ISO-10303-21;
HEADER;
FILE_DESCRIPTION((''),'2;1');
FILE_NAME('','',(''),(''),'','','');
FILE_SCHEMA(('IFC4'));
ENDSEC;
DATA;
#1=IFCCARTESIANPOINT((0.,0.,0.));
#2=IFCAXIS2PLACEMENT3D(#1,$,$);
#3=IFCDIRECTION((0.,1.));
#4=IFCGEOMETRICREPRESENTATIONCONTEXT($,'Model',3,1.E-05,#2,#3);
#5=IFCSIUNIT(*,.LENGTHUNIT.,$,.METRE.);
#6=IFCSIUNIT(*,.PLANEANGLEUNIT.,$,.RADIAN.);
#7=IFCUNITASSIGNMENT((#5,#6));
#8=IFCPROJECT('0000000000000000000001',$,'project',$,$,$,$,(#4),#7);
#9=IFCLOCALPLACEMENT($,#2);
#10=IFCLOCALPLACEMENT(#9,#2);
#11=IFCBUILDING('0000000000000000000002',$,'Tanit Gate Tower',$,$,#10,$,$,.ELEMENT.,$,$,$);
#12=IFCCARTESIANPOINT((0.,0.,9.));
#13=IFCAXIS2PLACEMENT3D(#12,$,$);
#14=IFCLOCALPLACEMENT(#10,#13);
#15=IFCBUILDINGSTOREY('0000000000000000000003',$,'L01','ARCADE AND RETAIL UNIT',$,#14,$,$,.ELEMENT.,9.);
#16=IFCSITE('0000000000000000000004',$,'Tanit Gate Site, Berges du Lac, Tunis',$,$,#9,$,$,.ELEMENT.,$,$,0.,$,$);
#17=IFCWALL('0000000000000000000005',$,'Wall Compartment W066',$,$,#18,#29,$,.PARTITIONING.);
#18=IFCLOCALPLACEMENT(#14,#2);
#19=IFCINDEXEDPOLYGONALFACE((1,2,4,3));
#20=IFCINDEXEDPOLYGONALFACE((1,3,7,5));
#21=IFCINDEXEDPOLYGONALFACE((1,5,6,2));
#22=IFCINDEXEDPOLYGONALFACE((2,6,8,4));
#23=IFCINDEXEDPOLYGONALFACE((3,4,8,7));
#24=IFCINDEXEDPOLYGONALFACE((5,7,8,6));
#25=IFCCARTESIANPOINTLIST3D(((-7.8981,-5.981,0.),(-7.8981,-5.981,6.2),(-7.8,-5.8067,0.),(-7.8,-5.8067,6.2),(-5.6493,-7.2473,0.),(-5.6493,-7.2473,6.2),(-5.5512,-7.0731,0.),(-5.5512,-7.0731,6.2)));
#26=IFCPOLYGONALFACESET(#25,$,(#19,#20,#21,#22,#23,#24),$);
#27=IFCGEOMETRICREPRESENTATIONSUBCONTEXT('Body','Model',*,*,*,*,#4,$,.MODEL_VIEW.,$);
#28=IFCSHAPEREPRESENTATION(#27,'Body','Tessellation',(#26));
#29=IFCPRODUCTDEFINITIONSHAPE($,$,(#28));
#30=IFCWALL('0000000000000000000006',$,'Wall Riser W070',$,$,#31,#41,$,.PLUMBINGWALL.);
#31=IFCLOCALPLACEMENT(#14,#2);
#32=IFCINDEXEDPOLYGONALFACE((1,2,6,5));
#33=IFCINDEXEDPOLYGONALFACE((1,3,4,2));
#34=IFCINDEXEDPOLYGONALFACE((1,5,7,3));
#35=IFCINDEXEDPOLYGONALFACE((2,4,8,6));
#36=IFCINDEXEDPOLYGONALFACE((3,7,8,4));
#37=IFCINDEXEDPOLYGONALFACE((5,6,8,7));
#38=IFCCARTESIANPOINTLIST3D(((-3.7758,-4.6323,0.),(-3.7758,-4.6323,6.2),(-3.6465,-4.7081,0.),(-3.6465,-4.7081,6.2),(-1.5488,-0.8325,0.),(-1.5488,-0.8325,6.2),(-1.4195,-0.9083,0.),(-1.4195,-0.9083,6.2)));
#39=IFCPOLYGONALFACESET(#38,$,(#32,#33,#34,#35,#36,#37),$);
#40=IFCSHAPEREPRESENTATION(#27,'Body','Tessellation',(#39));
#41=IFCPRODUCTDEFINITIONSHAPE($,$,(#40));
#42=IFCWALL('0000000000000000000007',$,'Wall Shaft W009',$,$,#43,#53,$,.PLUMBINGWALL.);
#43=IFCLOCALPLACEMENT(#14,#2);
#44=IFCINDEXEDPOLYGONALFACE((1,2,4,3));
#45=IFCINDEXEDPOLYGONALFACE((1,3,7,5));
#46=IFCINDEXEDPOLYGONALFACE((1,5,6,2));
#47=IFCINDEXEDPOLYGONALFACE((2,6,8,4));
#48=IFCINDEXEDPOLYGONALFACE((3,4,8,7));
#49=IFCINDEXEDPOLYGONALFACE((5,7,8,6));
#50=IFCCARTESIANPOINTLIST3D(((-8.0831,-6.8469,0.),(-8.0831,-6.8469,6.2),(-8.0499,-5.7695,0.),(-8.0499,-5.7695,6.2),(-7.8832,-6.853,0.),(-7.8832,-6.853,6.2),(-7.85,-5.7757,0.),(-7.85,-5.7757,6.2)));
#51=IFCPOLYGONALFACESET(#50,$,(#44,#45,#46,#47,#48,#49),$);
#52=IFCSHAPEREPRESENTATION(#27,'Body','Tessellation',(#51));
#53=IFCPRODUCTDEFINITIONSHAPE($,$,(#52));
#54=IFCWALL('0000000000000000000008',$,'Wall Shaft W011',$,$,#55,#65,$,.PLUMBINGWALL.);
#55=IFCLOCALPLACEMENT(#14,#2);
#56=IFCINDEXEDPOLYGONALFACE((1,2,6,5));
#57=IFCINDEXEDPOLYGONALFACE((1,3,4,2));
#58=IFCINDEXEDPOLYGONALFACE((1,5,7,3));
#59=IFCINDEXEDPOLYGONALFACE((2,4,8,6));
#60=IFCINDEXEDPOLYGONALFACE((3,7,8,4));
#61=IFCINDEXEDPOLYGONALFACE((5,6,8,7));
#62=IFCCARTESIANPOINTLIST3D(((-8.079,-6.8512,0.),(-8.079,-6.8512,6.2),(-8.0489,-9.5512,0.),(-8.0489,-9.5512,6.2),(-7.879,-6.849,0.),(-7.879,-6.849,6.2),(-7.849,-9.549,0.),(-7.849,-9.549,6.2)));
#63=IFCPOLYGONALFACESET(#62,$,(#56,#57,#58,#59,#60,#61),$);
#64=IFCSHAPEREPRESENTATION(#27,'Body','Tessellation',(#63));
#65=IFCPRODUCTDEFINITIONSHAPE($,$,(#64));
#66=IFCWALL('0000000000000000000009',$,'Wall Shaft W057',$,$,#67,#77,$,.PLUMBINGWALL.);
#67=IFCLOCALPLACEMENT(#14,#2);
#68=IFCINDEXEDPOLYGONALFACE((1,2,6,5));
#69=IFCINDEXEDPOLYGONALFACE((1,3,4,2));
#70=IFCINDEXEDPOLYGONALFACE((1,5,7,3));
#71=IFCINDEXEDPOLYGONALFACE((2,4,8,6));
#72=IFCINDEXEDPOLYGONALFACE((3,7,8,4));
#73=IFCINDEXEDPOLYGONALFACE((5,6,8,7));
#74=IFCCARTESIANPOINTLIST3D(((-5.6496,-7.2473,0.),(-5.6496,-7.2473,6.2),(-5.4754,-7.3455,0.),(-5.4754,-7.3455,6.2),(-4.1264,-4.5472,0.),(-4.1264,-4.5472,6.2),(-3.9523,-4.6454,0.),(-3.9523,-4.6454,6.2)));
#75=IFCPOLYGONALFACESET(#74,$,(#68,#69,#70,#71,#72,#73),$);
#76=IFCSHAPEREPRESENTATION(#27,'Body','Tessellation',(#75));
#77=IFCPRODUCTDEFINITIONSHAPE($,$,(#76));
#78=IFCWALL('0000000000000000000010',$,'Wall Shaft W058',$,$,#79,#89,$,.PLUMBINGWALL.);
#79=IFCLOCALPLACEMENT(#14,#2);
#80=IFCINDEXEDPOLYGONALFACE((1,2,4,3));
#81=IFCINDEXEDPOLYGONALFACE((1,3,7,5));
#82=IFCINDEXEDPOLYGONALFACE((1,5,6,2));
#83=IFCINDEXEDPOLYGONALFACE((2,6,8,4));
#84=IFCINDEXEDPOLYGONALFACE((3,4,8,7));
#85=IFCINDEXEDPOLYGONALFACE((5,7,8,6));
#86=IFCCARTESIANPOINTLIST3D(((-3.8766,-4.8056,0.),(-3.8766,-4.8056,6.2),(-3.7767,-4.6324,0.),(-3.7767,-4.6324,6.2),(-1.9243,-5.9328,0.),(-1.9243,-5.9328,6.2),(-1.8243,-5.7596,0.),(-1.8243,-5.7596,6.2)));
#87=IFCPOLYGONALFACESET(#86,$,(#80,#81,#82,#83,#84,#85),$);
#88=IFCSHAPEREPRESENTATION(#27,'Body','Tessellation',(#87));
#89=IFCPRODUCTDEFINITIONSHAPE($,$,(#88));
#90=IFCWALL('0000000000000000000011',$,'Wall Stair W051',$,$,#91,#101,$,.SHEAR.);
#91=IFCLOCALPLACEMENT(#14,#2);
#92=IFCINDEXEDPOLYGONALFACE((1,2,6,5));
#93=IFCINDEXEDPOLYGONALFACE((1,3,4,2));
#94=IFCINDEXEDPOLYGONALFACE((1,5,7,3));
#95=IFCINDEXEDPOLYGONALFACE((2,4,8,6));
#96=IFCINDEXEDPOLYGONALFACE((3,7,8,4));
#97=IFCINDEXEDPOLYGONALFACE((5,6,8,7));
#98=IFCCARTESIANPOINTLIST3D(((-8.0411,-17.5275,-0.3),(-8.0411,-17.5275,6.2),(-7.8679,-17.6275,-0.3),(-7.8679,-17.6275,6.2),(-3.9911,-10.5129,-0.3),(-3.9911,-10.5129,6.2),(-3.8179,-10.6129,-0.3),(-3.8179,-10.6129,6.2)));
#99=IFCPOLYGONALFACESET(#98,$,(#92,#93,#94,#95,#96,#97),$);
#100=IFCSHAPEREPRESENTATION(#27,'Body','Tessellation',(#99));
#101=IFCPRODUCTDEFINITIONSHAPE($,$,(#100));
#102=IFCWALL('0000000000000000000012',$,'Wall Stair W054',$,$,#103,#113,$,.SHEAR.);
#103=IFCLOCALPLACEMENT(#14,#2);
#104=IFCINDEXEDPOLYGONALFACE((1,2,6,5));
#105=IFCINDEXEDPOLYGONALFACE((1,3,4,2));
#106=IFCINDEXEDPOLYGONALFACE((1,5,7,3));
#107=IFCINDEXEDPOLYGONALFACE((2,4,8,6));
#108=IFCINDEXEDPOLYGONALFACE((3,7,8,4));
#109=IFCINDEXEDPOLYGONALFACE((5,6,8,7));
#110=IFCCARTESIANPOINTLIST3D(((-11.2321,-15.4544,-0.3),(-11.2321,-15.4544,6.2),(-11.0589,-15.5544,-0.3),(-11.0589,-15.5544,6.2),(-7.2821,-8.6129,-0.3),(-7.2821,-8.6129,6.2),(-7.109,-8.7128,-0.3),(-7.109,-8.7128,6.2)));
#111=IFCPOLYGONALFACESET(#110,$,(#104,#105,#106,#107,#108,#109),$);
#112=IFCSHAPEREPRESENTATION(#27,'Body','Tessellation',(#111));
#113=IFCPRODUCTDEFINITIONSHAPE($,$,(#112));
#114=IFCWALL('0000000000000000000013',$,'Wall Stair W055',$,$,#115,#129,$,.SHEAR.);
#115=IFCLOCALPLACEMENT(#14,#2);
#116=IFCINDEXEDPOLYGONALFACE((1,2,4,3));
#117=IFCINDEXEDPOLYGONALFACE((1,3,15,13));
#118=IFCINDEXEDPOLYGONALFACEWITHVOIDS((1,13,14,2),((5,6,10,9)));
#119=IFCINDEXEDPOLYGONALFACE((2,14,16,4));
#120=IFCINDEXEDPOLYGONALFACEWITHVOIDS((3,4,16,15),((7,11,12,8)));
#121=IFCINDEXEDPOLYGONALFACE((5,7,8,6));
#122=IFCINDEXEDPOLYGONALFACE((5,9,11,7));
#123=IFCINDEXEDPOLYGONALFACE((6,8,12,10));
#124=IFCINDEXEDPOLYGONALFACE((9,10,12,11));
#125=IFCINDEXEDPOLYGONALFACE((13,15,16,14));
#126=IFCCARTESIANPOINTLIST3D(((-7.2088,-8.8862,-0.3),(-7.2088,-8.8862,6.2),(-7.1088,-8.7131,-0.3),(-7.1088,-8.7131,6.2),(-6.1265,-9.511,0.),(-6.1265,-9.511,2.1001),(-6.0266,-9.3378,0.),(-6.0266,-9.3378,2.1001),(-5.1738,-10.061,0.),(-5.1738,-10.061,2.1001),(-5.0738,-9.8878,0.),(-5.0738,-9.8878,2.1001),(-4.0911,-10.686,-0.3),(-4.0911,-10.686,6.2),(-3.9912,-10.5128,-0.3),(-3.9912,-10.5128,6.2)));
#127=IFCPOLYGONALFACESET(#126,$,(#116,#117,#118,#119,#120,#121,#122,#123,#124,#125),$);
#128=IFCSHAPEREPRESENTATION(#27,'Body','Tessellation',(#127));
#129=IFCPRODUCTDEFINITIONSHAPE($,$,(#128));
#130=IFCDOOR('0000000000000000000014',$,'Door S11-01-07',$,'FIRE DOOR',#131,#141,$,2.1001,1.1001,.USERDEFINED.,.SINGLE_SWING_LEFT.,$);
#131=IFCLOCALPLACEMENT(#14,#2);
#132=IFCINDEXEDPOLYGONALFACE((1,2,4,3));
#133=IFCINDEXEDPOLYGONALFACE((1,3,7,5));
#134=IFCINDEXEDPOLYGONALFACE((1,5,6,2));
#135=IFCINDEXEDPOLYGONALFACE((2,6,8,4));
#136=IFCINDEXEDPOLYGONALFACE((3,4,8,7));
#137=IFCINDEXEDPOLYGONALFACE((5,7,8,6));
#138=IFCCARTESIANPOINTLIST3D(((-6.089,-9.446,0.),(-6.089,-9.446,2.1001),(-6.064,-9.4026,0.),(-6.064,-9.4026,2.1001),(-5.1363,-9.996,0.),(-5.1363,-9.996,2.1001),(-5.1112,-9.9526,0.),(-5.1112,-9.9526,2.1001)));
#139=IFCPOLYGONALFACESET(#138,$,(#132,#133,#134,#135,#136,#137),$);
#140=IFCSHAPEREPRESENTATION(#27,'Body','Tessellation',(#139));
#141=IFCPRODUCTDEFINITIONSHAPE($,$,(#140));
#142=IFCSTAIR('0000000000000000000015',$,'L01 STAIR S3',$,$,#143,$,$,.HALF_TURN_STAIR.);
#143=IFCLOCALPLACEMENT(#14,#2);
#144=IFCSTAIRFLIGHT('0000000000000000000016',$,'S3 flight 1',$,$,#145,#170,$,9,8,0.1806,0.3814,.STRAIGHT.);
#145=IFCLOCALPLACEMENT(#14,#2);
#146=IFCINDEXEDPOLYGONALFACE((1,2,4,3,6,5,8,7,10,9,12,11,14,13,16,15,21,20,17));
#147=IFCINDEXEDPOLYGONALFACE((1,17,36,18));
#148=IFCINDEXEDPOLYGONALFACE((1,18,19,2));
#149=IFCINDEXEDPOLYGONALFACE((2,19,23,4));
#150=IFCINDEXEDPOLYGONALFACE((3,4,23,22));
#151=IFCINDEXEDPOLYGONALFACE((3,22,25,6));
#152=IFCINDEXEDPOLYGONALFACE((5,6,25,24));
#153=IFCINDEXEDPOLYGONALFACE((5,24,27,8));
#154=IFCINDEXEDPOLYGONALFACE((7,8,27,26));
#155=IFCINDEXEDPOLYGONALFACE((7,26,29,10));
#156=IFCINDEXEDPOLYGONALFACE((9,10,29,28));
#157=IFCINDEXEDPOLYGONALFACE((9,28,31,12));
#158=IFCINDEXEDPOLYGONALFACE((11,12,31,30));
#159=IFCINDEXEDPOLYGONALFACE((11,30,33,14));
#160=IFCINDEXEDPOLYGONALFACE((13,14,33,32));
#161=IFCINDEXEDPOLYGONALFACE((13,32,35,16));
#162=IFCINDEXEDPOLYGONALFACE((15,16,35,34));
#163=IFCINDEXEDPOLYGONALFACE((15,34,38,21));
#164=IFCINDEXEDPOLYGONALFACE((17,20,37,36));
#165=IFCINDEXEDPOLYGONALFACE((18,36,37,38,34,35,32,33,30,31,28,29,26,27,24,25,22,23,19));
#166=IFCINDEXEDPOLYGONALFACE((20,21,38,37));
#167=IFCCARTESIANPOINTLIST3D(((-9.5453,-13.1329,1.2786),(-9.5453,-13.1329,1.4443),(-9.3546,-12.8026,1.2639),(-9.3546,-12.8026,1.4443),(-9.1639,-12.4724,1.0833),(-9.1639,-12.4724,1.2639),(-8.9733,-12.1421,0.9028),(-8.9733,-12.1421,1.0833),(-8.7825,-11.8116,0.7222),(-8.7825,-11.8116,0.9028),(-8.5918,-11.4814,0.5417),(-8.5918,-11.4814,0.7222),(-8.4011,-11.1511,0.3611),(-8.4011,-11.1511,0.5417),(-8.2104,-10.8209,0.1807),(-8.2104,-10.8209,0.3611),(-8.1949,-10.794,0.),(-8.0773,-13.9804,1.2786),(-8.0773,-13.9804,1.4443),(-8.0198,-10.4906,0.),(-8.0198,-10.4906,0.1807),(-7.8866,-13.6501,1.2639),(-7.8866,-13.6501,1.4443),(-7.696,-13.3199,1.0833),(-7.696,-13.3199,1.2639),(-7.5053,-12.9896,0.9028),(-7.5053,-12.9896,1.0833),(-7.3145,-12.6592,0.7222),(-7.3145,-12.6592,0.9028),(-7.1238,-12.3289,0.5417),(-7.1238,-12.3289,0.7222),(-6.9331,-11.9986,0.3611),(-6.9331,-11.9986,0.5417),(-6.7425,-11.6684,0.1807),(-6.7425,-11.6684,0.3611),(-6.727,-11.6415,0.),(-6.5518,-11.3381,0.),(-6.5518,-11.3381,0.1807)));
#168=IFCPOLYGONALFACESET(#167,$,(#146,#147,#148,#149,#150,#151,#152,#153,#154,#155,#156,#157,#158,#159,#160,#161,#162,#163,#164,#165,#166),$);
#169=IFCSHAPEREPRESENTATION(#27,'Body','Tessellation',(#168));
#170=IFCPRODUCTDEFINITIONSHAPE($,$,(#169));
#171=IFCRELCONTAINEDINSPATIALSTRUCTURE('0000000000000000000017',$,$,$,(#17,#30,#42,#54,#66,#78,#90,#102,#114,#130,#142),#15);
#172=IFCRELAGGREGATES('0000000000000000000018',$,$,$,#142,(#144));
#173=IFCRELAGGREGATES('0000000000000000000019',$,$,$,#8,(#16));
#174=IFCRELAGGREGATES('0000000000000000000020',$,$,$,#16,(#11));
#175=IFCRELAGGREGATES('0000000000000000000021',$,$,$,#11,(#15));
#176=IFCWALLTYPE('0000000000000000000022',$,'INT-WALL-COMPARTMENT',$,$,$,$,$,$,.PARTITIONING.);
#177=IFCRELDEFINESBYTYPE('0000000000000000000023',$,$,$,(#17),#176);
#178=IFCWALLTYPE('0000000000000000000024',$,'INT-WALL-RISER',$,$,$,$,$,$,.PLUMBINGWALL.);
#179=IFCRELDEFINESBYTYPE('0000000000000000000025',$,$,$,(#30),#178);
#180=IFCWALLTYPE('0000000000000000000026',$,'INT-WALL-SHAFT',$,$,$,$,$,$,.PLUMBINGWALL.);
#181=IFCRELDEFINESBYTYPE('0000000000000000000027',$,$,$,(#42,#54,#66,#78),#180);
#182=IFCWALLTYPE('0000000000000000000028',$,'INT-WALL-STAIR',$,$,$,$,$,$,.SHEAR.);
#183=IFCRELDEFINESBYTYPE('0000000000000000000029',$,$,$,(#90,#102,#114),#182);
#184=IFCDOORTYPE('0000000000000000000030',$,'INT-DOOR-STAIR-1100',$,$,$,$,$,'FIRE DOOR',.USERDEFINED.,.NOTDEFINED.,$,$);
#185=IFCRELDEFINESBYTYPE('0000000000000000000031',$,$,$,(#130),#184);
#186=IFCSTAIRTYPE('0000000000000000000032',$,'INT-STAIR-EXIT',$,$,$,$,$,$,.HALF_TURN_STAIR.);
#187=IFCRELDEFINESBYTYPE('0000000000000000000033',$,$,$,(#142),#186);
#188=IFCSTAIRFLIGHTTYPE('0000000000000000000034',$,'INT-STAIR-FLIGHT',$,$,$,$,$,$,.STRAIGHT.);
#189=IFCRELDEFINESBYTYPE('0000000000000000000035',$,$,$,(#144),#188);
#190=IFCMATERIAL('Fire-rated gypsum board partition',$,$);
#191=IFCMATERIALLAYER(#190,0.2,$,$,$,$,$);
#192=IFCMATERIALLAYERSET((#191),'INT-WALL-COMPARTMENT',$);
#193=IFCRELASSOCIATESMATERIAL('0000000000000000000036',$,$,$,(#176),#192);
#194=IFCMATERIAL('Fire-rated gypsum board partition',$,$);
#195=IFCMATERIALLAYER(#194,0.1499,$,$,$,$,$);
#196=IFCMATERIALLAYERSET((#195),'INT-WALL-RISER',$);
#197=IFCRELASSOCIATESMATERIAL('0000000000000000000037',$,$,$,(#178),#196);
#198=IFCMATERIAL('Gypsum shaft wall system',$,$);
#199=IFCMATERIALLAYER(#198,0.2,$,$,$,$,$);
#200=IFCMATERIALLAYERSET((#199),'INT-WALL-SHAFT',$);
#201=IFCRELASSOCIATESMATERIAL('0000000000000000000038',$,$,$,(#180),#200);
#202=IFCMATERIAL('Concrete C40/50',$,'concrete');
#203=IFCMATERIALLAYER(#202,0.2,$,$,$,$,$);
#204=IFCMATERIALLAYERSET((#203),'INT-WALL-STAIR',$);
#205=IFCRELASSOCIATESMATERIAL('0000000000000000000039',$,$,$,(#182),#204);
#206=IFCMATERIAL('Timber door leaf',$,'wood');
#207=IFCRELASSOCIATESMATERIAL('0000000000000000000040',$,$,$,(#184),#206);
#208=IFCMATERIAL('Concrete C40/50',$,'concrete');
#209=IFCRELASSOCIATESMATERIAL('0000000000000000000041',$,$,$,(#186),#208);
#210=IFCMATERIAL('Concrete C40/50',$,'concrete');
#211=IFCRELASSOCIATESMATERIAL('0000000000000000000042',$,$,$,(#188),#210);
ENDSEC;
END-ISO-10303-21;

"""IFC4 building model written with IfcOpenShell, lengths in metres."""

from ifc_helpers import new_model, si_unit, direction, frame, frame_2d, origin, place, context, subcontext, project, spatial, polyline, rectangle, outline, extrude, material, layer, layer_set, type_object, element, fill, aggregate, save


model = new_model("IFC4")

# Units and contexts
model_context = context("Model", 3, precision=1e-05, world=origin(), true_north=direction((0.0, 1.0)))
body_context = subcontext(model_context, "Body", "Model", "MODEL_VIEW")
ifc_project = project(units=[si_unit("LENGTHUNIT", "METRE"), si_unit("PLANEANGLEUNIT", "RADIAN")], contexts=[model_context])

# Site, building, storey
site_placement = place(None, origin())
site = spatial("IfcSite", under=ifc_project, at=site_placement, Name="Tanit Gate Site, Berges du Lac, Tunis", CompositionType="ELEMENT", RefElevation=0.0)
building_placement = place(site_placement, origin())
building = spatial("IfcBuilding", under=site, at=building_placement, Name="Tanit Gate Tower", CompositionType="ELEMENT")
storey_placement = place(building_placement, frame((0.0, 0.0, 9.0)))
storey = spatial("IfcBuildingStorey", under=building, at=storey_placement, Name="L01", Description="ARCADE AND RETAIL UNIT", CompositionType="ELEMENT", Elevation=9.0)

# Walls
ifc_material_1 = material(Name="Fire-rated gypsum board partition")
ifc_layer_1 = layer(ifc_material_1, 0.2)
ifc_layer_set_1 = layer_set([ifc_layer_1], Name="INT-WALL-COMPARTMENT")
wall_type_1 = type_object("IfcWallType", Name="INT-WALL-COMPARTMENT", PredefinedType="PARTITIONING", material=ifc_layer_set_1)
wall_1_placement = place(storey_placement, frame((-7.8491, -5.8938, 0.0), z_axis=(0.0, 0.0, 1.0), x_axis=(0.87134, -0.490679, 0.0)))
element("IfcWall", 1, at=wall_1_placement, inside=storey, type_object=wall_type_1, Name="Wall Compartment W066", PredefinedType="PARTITIONING", context=body_context, shape_type="SweptSolid", body=[
    extrude(rectangle(XDim=2.5808, YDim=0.2, at=frame_2d((1.2905, 0.0))), origin(), (0.0, 0.0, 1.0), 6.2),
])
ifc_material_2 = material(Name="Fire-rated gypsum board partition")
ifc_layer_2 = layer(ifc_material_2, 0.1499)
ifc_layer_set_2 = layer_set([ifc_layer_2], Name="INT-WALL-RISER")
wall_type_2 = type_object("IfcWallType", Name="INT-WALL-RISER", PredefinedType="PLUMBINGWALL", material=ifc_layer_set_2)
wall_2_placement = place(storey_placement, frame((-3.7112, -4.6702, 0.0), z_axis=(0.0, 0.0, 1.0), x_axis=(0.505648, 0.86274, 0.0)))
element("IfcWall", 2, at=wall_2_placement, inside=storey, type_object=wall_type_2, Name="Wall Riser W070", PredefinedType="PLUMBINGWALL", context=body_context, shape_type="SweptSolid", body=[
    extrude(rectangle(XDim=4.4043, YDim=0.1499, at=frame_2d((2.2021, 0.0))), origin(), (0.0, 0.0, 1.0), 6.2),
])
ifc_material_3 = material(Name="Gypsum shaft wall system")
ifc_layer_3 = layer(ifc_material_3, 0.2)
ifc_layer_set_3 = layer_set([ifc_layer_3], Name="INT-WALL-SHAFT")
wall_type_3 = type_object("IfcWallType", Name="INT-WALL-SHAFT", PredefinedType="PLUMBINGWALL", material=ifc_layer_set_3)
wall_3_placement = place(storey_placement, frame((-7.95, -5.7725, 0.0), z_axis=(0.0, 0.0, 1.0), x_axis=(-0.030803, -0.999525, 0.0)))
element("IfcWall", 3, at=wall_3_placement, inside=storey, type_object=wall_type_3, Name="Wall Shaft W009", PredefinedType="PLUMBINGWALL", context=body_context, shape_type="SweptSolid", body=[
    extrude(rectangle(XDim=1.0779, YDim=0.2, at=frame_2d((0.5391, 0.0))), origin(), (0.0, 0.0, 1.0), 6.2),
])
wall_4_placement = place(storey_placement, frame((-7.979, -6.8501, 0.0), z_axis=(0.0, 0.0, 1.0), x_axis=(0.011121, -0.999938, 0.0)))
element("IfcWall", 4, at=wall_4_placement, inside=storey, type_object=wall_type_3, Name="Wall Shaft W011", PredefinedType="PLUMBINGWALL", context=body_context, shape_type="SweptSolid", body=[
    extrude(rectangle(XDim=2.7002, YDim=0.2, at=frame_2d((1.3501, 0.0))), origin(), (0.0, 0.0, 1.0), 6.2),
])
wall_5_placement = place(storey_placement, frame((-5.5625, -7.2964, 0.0), z_axis=(0.0, 0.0, 1.0), x_axis=(0.491323, 0.870978, 0.0)))
element("IfcWall", 5, at=wall_5_placement, inside=storey, type_object=wall_type_3, Name="Wall Shaft W057", PredefinedType="PLUMBINGWALL", context=body_context, shape_type="SweptSolid", body=[
    extrude(rectangle(XDim=3.1001, YDim=0.2, at=frame_2d((1.55, 0.0))), origin(), (0.0, 0.0, 1.0), 6.2),
])
wall_6_placement = place(storey_placement, frame((-3.8267, -4.719, 0.0), z_axis=(0.0, 0.0, 1.0), x_axis=(0.866029, -0.499994, 0.0)))
element("IfcWall", 6, at=wall_6_placement, inside=storey, type_object=wall_type_3, Name="Wall Shaft W058", PredefinedType="PLUMBINGWALL", context=body_context, shape_type="SweptSolid", body=[
    extrude(rectangle(XDim=2.2544, YDim=0.2, at=frame_2d((1.1272, 0.0))), origin(), (0.0, 0.0, 1.0), 6.2),
])
ifc_material_4 = material(Name="Concrete C40/50", Category="concrete")
ifc_layer_4 = layer(ifc_material_4, 0.2)
ifc_layer_set_4 = layer_set([ifc_layer_4], Name="INT-WALL-STAIR")
wall_type_4 = type_object("IfcWallType", Name="INT-WALL-STAIR", PredefinedType="SHEAR", material=ifc_layer_set_4)
wall_7_placement = place(storey_placement, frame((-3.9045, -10.563, -0.3), z_axis=(0.0, 0.0, 1.0), x_axis=(-0.500013, -0.866018, 0.0)))
element("IfcWall", 7, at=wall_7_placement, inside=storey, type_object=wall_type_4, Name="Wall Stair W051", PredefinedType="SHEAR", context=body_context, shape_type="SweptSolid", body=[
    extrude(rectangle(XDim=8.0999, YDim=0.2, at=frame_2d((4.0498, 0.0))), origin(), (0.0, 0.0, 1.0), 6.5),
])
wall_8_placement = place(storey_placement, frame((-7.1956, -8.6628, -0.3), z_axis=(0.0, 0.0, 1.0), x_axis=(-0.499998, -0.866027, 0.0)))
element("IfcWall", 8, at=wall_8_placement, inside=storey, type_object=wall_type_4, Name="Wall Stair W054", PredefinedType="SHEAR", context=body_context, shape_type="SweptSolid", body=[
    extrude(rectangle(XDim=7.8999, YDim=0.2, at=frame_2d((3.95, 0.0))), origin(), (0.0, 0.0, 1.0), 6.5),
])

# Wall, opening, door
wall_9_placement = place(storey_placement, frame((-4.0413, -10.5994, -0.3), z_axis=(0.0, 0.0, 1.0), x_axis=(-0.866048, 0.499961, 0.0)))
wall_9 = element("IfcWall", 9, at=wall_9_placement, inside=storey, type_object=wall_type_4, Name="Wall Stair W055", PredefinedType="SHEAR", context=body_context, shape_type="SweptSolid", body=[
    extrude(rectangle(XDim=3.5999, YDim=0.2, at=frame_2d((1.7998, 0.0))), origin(), (0.0, 0.0, 1.0), 6.5),
])
opening_1_placement = place(wall_9_placement, frame((1.25, 0.0, 0.3)))
opening_1 = element("IfcOpeningElement", 10, at=opening_1_placement, cuts=wall_9, PredefinedType="OPENING", context=body_context, shape_type="SweptSolid", body=[
    extrude(rectangle(XDim=1.1001, YDim=2.1001, at=frame_2d((0.55, 1.05))), frame((0.0, 0.1099, 0.0), z_axis=(0.0, -1.0, 0.0), x_axis=(1.0, 0.0, 0.0)), (0.0, 0.0, 1.0), 0.22),
])
ifc_material_5 = material(Name="Timber door leaf", Category="wood")
door_type_1 = type_object("IfcDoorType", Name="INT-DOOR-STAIR-1100", ElementType="FIRE DOOR", OperationType="NOTDEFINED", PredefinedType="USERDEFINED", material=ifc_material_5)
door_1_placement = place(opening_1_placement, origin())
door_1 = element("IfcDoor", 11, at=door_1_placement, inside=storey, type_object=door_type_1, Name="Door S11-01-07", ObjectType="FIRE DOOR", OperationType="SINGLE_SWING_LEFT", OverallHeight=2.1001, OverallWidth=1.1001, PredefinedType="USERDEFINED", context=body_context, shape_type="SweptSolid", body=[
    extrude(rectangle(XDim=1.1001, YDim=2.1001, at=frame_2d((0.55, 1.05))), frame((0.0, 0.0249, 0.0), z_axis=(0.0, -1.0, 0.0), x_axis=(1.0, 0.0, 0.0)), (0.0, 0.0, 1.0), 0.05),
])
fill(opening_1, door_1)

# Stair, stair flight
ifc_material_6 = material(Name="Concrete C40/50", Category="concrete")
stair_type = type_object("IfcStairType", Name="INT-STAIR-EXIT", PredefinedType="HALF_TURN_STAIR", material=ifc_material_6)
stair_placement = place(storey_placement, origin())
stair = element("IfcStair", 12, at=stair_placement, inside=storey, type_object=stair_type, Name="L01 STAIR S3", PredefinedType="HALF_TURN_STAIR")
ifc_material_7 = material(Name="Concrete C40/50", Category="concrete")
stair_flight_type = type_object("IfcStairFlightType", Name="INT-STAIR-FLIGHT", PredefinedType="STRAIGHT", material=ifc_material_7)
stair_flight_1_placement = place(storey_placement, frame((-7.2859, -10.9143, 0.0), z_axis=(0.0, 0.0, 1.0), x_axis=(-0.5, -0.866025, 0.0)))
stair_flight_1 = element("IfcStairFlight", 13, at=stair_flight_1_placement, type_object=stair_flight_type, Name="S3 flight 1", NumberOfRisers=9, NumberOfTreads=8, PredefinedType="STRAIGHT", RiserHeight=0.1806, TreadLength=0.3814, context=body_context, shape_type="SweptSolid", body=[
    extrude(outline(polyline([(0.0, 0.0), (0.0, 0.1807), (0.3813, 0.1807), (0.3813, 0.3611), (0.7627, 0.3611), (0.7627, 0.5417), (1.144, 0.5417), (1.144, 0.7222), (1.5254, 0.7222), (1.5254, 0.9028), (1.907, 0.9028), (1.907, 1.0833), (2.2883, 1.0833), (2.2883, 1.2639), (2.6697, 1.2639), (2.6697, 1.4443), (3.051, 1.4443), (3.051, 1.625), (3.051, 1.2786), (0.3503, 0.0), (0.0, 0.0)])), frame((0.0, 0.8477, 0.0), z_axis=(0.0, -1.0, 0.0), x_axis=(1.0, 0.0, 0.0)), (0.0, 0.0, 1.0), 1.6951),
])
aggregate(stair, [stair_flight_1])

save(model, "model.ifc")
